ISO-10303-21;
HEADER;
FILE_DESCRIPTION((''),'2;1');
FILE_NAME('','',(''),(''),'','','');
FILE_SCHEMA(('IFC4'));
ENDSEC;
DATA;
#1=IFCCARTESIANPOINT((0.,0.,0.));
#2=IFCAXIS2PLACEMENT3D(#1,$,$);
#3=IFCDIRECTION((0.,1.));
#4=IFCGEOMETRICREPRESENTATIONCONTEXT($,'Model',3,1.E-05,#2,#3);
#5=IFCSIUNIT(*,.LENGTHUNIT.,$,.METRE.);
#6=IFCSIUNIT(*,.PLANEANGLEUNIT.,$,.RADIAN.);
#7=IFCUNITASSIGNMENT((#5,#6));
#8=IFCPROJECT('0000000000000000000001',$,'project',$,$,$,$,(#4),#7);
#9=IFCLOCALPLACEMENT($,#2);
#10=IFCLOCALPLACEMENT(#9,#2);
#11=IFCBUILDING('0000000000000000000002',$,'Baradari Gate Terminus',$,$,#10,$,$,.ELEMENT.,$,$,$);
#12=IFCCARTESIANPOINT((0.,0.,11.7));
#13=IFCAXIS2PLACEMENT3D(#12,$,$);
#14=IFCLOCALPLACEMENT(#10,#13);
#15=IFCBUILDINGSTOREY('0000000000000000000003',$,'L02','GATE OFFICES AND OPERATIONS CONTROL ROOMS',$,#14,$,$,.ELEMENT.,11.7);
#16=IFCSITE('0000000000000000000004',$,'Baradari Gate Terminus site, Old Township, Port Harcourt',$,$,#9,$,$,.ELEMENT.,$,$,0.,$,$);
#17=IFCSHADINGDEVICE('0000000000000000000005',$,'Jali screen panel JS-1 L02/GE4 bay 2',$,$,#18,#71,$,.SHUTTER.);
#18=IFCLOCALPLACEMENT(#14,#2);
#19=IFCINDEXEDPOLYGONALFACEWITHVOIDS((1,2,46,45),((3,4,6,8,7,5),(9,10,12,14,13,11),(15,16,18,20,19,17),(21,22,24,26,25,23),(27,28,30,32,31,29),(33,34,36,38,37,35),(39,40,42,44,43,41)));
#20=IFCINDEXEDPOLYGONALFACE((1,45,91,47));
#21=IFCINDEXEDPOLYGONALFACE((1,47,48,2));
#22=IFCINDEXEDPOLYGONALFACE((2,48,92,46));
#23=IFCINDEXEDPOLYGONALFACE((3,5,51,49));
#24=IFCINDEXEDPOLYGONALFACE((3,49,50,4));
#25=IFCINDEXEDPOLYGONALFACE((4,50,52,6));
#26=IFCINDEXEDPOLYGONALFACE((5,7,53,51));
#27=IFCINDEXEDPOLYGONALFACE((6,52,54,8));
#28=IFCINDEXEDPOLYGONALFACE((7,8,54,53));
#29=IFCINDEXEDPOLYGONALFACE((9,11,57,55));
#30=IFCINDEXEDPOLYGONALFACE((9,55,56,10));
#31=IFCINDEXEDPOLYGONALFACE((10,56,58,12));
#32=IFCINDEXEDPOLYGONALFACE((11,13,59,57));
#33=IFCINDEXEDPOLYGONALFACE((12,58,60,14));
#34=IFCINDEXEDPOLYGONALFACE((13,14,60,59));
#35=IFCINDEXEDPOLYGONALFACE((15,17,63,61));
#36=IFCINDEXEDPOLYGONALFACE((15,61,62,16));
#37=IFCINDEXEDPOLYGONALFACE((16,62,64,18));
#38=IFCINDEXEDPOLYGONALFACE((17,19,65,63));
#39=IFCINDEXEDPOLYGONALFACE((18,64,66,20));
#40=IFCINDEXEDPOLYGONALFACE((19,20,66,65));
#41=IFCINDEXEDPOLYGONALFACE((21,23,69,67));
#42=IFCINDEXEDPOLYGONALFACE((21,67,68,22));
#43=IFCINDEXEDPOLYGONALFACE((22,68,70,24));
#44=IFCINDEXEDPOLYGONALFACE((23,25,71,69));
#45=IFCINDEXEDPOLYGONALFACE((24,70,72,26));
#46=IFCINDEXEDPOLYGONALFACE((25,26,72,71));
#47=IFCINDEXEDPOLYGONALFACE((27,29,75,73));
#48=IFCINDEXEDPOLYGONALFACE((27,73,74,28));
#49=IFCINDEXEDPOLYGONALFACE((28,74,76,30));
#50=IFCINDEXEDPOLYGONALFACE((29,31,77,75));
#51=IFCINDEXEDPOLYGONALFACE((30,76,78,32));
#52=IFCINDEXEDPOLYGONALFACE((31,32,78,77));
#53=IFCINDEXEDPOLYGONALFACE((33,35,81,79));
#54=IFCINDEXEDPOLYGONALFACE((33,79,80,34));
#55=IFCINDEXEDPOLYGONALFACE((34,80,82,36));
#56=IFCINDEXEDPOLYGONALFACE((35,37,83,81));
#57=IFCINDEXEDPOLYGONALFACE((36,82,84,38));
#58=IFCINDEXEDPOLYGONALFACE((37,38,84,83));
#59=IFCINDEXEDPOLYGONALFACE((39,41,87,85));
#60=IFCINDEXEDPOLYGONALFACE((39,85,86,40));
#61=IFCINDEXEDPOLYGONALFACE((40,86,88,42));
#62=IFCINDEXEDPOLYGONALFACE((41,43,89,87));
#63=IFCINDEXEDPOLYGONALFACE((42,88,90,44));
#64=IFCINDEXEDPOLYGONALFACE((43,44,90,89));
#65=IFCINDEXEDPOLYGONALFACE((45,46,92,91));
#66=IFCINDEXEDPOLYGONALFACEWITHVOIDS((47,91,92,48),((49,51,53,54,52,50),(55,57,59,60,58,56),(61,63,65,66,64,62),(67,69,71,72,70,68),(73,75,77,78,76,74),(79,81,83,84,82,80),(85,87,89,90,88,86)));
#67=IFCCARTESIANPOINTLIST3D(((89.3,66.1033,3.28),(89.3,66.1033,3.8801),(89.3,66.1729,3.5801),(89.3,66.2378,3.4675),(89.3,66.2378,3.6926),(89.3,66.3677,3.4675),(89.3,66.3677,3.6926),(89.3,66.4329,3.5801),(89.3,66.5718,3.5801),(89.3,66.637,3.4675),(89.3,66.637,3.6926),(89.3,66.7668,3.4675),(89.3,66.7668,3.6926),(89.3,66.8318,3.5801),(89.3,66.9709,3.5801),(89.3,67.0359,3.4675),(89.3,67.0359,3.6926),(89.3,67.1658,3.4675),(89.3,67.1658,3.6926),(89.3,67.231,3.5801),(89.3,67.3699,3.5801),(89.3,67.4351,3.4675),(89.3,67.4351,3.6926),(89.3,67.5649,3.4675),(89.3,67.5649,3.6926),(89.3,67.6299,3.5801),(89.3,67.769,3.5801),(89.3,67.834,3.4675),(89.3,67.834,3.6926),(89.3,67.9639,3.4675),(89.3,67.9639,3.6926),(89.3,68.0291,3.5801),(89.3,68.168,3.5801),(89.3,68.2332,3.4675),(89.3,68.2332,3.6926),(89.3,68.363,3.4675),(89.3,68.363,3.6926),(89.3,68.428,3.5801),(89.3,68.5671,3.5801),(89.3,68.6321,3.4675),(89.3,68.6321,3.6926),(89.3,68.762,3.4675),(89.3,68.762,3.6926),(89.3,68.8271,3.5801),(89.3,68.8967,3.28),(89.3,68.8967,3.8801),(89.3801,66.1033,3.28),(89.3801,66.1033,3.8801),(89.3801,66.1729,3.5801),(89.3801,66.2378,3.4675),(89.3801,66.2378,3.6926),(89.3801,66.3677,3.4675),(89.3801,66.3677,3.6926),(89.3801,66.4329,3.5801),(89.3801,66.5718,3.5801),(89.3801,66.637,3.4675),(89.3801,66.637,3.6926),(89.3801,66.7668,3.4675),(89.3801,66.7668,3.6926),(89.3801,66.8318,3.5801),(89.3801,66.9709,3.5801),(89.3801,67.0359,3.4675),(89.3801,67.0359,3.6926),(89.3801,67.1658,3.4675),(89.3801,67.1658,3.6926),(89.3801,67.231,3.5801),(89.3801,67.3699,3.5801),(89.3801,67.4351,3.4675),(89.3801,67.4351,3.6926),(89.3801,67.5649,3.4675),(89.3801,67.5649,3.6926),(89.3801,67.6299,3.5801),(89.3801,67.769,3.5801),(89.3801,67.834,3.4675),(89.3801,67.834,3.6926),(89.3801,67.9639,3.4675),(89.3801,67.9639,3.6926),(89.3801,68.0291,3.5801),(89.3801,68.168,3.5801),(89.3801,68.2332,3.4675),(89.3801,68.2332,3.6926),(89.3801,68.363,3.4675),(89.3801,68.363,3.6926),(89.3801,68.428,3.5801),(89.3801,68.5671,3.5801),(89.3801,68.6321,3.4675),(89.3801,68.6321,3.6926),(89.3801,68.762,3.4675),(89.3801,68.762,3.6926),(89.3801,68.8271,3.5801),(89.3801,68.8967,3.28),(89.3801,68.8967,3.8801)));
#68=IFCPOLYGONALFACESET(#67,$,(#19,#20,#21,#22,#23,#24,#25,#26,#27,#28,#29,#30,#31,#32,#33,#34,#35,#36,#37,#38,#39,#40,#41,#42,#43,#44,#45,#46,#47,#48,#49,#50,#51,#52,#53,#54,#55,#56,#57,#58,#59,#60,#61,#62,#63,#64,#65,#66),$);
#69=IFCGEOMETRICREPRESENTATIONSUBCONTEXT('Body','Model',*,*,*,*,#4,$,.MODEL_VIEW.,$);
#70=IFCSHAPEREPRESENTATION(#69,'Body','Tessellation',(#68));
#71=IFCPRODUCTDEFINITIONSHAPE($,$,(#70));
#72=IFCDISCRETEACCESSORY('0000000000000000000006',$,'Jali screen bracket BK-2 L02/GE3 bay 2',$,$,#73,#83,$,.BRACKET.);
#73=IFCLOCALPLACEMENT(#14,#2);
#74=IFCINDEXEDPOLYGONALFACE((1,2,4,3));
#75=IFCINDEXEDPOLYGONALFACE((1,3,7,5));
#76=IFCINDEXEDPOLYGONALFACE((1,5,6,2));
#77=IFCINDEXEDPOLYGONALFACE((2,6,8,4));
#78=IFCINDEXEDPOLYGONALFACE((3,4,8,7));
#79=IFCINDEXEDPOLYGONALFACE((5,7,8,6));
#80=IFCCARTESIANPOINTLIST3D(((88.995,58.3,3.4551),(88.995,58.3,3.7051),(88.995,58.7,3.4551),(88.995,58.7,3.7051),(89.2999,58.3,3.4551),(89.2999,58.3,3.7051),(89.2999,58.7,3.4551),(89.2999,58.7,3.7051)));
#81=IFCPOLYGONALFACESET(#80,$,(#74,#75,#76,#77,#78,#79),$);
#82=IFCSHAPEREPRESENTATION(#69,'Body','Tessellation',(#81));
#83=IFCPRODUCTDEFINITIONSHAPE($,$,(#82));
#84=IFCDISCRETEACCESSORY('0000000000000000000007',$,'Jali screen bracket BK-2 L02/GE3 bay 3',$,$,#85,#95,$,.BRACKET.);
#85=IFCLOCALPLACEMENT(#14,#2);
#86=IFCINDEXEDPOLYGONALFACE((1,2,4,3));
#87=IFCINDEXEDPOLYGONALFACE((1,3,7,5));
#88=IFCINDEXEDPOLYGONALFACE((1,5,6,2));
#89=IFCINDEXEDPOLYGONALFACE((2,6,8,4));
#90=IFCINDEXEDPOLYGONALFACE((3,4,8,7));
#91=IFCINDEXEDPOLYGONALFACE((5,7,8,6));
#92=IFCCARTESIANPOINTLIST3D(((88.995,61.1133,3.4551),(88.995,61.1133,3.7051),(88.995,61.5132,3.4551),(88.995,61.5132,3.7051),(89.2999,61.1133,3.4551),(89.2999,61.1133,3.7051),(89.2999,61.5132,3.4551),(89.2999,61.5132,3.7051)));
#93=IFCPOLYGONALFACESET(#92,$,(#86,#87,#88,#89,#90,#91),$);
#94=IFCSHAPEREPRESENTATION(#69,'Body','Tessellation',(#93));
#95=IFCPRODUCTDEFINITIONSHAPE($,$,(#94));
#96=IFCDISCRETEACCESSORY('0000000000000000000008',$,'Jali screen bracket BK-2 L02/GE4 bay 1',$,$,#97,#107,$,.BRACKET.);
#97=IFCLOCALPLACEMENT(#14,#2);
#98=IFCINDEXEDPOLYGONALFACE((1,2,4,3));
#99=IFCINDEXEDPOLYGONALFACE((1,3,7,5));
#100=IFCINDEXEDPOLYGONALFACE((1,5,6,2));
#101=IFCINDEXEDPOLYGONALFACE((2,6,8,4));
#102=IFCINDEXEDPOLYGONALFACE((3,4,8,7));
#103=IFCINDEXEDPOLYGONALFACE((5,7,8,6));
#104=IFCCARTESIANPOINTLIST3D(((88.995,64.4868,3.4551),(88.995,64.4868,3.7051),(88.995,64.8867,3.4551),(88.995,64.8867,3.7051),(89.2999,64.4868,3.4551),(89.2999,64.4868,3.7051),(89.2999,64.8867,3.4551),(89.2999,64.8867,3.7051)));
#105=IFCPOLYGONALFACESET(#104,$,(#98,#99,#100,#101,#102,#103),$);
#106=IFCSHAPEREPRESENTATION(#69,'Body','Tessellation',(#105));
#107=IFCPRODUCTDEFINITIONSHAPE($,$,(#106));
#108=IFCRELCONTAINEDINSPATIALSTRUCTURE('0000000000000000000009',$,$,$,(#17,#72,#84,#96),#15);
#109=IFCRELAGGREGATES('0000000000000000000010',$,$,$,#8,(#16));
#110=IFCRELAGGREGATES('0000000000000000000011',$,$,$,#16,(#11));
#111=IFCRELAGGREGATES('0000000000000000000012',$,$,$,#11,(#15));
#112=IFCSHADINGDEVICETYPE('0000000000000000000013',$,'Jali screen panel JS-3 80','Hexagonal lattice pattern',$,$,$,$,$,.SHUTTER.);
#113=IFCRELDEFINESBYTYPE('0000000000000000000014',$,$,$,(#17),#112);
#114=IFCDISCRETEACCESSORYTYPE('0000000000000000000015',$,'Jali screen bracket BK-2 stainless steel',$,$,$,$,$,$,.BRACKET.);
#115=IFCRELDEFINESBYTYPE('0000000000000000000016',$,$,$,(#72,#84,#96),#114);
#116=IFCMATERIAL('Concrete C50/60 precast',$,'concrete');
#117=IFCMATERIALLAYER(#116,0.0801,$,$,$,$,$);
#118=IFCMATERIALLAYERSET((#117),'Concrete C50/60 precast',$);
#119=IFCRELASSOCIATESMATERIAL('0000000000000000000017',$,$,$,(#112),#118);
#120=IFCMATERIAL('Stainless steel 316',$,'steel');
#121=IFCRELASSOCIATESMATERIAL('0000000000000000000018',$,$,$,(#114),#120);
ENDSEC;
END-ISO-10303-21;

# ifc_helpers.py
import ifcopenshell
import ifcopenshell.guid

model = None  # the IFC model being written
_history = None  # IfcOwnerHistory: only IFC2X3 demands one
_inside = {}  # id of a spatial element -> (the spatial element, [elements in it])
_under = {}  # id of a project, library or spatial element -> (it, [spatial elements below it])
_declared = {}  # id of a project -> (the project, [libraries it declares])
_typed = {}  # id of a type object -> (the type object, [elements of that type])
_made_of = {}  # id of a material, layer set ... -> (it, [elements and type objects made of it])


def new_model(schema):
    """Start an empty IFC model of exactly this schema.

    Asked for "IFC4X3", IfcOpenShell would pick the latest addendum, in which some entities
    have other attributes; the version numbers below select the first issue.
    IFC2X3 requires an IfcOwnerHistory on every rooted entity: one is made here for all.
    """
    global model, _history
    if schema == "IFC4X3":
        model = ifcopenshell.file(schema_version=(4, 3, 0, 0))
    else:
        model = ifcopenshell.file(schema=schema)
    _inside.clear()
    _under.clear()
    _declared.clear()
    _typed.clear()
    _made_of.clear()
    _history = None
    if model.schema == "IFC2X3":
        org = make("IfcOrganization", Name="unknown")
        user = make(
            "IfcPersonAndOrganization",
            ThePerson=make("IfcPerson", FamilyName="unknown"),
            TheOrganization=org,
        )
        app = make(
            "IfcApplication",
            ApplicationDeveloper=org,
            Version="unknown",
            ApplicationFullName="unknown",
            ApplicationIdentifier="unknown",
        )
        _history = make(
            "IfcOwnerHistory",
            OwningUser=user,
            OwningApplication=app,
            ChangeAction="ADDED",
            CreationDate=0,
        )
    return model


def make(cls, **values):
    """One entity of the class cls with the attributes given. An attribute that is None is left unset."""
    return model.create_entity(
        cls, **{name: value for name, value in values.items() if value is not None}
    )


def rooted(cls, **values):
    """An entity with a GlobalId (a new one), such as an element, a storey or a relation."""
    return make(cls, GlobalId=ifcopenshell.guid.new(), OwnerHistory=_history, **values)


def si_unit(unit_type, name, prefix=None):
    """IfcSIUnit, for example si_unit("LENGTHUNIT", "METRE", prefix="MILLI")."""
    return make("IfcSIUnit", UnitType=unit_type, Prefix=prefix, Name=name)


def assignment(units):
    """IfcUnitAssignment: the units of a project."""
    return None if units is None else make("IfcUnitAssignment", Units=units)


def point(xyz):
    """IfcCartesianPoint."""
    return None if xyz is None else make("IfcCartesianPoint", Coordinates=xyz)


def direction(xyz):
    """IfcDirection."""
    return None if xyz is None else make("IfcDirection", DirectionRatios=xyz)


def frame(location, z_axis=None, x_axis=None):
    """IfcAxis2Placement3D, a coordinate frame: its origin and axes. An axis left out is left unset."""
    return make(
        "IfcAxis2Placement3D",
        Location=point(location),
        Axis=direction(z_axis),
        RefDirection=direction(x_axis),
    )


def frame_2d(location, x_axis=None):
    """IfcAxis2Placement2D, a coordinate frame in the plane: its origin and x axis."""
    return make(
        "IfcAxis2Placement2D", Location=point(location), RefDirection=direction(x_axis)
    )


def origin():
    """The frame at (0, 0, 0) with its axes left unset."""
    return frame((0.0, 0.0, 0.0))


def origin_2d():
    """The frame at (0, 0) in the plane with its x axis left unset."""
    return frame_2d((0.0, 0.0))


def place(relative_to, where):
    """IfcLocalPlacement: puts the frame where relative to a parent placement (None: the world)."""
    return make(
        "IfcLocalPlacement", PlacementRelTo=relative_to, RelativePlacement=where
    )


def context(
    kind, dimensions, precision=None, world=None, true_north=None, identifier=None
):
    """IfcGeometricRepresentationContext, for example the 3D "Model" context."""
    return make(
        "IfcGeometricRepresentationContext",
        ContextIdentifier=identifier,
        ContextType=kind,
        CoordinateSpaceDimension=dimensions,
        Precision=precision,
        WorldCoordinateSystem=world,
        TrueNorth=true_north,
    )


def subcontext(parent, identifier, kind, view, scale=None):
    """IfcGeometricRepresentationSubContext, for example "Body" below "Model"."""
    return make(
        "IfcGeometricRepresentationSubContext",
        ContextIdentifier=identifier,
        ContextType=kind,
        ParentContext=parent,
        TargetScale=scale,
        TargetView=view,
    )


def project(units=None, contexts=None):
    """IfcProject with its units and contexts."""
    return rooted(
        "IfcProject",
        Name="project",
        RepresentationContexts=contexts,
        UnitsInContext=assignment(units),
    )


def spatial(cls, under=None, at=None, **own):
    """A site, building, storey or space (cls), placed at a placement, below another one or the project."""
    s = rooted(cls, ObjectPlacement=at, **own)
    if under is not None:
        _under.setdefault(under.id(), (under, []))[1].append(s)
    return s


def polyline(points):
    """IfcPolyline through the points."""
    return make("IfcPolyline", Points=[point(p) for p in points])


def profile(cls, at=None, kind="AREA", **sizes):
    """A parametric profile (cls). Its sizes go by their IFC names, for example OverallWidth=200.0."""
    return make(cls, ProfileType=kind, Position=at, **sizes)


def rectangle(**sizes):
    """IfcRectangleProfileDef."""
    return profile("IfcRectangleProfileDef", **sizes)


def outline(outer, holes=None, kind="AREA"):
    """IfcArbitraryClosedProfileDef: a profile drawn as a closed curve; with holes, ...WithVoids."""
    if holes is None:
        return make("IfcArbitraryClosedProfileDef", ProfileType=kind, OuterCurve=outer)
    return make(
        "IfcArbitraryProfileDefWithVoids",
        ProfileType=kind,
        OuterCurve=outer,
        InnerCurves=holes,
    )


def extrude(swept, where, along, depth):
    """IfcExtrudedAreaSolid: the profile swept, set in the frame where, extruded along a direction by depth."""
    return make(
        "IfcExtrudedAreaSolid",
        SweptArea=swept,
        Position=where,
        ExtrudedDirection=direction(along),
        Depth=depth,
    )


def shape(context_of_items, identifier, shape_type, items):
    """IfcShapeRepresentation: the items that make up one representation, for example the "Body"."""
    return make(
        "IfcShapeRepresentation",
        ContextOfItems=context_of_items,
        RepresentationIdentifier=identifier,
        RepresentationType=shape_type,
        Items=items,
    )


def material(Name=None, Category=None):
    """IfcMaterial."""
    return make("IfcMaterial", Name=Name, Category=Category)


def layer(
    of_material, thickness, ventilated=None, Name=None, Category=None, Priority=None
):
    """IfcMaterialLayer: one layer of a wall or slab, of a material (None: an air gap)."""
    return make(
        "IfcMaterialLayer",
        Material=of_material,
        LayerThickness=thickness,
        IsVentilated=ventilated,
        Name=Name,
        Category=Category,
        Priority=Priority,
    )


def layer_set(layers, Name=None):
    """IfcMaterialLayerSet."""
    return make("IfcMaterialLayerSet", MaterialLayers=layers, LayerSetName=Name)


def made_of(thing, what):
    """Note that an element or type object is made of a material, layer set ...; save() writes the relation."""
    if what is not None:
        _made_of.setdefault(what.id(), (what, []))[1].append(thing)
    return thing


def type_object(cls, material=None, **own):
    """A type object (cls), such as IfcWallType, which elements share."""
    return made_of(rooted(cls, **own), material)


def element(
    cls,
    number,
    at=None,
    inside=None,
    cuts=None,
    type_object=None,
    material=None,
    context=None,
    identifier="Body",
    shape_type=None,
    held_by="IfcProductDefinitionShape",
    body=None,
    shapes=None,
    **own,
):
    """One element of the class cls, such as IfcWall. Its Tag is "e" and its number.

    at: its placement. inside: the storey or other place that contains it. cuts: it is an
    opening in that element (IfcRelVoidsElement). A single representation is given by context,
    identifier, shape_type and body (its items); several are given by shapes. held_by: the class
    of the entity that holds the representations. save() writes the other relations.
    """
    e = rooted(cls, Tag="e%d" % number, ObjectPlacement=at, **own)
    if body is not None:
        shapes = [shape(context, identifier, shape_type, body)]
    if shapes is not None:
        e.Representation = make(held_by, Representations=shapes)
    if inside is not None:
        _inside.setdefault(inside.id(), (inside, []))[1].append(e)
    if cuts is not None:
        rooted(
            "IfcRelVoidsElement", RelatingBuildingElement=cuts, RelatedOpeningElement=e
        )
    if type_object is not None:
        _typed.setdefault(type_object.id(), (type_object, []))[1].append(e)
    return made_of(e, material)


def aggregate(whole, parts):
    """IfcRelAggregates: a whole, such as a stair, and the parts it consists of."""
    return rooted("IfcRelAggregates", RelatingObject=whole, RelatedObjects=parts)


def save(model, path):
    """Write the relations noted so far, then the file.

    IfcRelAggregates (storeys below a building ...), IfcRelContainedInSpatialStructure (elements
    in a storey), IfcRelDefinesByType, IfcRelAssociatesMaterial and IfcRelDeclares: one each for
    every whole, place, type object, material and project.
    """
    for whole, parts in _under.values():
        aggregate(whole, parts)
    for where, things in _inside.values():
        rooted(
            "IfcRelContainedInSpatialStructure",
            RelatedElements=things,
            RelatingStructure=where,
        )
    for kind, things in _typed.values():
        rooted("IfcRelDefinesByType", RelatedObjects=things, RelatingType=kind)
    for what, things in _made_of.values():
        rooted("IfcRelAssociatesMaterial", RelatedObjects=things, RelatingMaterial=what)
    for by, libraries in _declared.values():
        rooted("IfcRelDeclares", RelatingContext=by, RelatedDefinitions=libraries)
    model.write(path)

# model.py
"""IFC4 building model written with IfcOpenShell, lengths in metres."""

from ifc_helpers import new_model, si_unit, direction, frame, origin, origin_2d, place, context, subcontext, project, spatial, polyline, rectangle, outline, extrude, material, layer, layer_set, type_object, element, save


model = new_model("IFC4")

# Units and contexts
model_context = context("Model", 3, precision=1e-05, world=origin(), true_north=direction((0.0, 1.0)))
body_context = subcontext(model_context, "Body", "Model", "MODEL_VIEW")
ifc_project = project(units=[si_unit("LENGTHUNIT", "METRE"), si_unit("PLANEANGLEUNIT", "RADIAN")], contexts=[model_context])

# Site, building, storey
site_placement = place(None, origin())
site = spatial("IfcSite", under=ifc_project, at=site_placement, Name="Baradari Gate Terminus site, Old Township, Port Harcourt", CompositionType="ELEMENT", RefElevation=0.0)
building_placement = place(site_placement, origin())
building = spatial("IfcBuilding", under=site, at=building_placement, Name="Baradari Gate Terminus", CompositionType="ELEMENT")
storey_placement = place(building_placement, frame((0.0, 0.0, 11.7)))
storey = spatial("IfcBuildingStorey", under=building, at=storey_placement, Name="L02", Description="GATE OFFICES AND OPERATIONS CONTROL ROOMS", CompositionType="ELEMENT", Elevation=11.7)

# Shading device
ifc_material_1 = material(Name="Concrete C50/60 precast", Category="concrete")
ifc_layer_1 = layer(ifc_material_1, 0.0801)
ifc_layer_set_1 = layer_set([ifc_layer_1], Name="Concrete C50/60 precast")
shading_device_type = type_object("IfcShadingDeviceType", Name="Jali screen panel JS-3 80", Description="Hexagonal lattice pattern", PredefinedType="SHUTTER", material=ifc_layer_set_1)
shading_device_1_placement = place(storey_placement, frame((89.3401, 66.1033, 3.28), z_axis=(0.0, 0.0, 1.0), x_axis=(0.0, 1.0, 0.0)))
element("IfcShadingDevice", 1, at=shading_device_1_placement, inside=storey, type_object=shading_device_type, Name="Jali screen panel JS-1 L02/GE4 bay 2", PredefinedType="SHUTTER", context=body_context, shape_type="SweptSolid", body=[
    extrude(outline(polyline([(0.0, 0.0), (2.7935, 0.0), (2.7935, 0.6001), (0.0, 0.6001), (0.0, 0.0)]), holes=[polyline([(0.3296, 0.3), (0.2644, 0.1875), (0.1345, 0.1875), (0.0696, 0.3), (0.1345, 0.4126), (0.2644, 0.4126), (0.3296, 0.3)]), polyline([(0.7285, 0.3), (0.6636, 0.1875), (0.5337, 0.1875), (0.4685, 0.3), (0.5337, 0.4126), (0.6636, 0.4126), (0.7285, 0.3)]), polyline([(1.1277, 0.3), (1.0625, 0.1875), (0.9326, 0.1875), (0.8677, 0.3), (0.9326, 0.4126), (1.0625, 0.4126), (1.1277, 0.3)]), polyline([(1.5266, 0.3), (1.4617, 0.1875), (1.3318, 0.1875), (1.2666, 0.3), (1.3318, 0.4126), (1.4617, 0.4126), (1.5266, 0.3)]), polyline([(1.9258, 0.3), (1.8606, 0.1875), (1.7307, 0.1875), (1.6658, 0.3), (1.7307, 0.4126), (1.8606, 0.4126), (1.9258, 0.3)]), polyline([(2.3247, 0.3), (2.2598, 0.1875), (2.1299, 0.1875), (2.0647, 0.3), (2.1299, 0.4126), (2.2598, 0.4126), (2.3247, 0.3)]), polyline([(2.7239, 0.3), (2.6587, 0.1875), (2.5288, 0.1875), (2.4639, 0.3), (2.5288, 0.4126), (2.6587, 0.4126), (2.7239, 0.3)])]), frame((0.0, 0.04, 0.0), z_axis=(0.0, -1.0, 0.0), x_axis=(1.0, 0.0, 0.0)), (0.0, 0.0, 1.0), 0.0801),
])

# Discrete accessories
ifc_material_2 = material(Name="Stainless steel 316", Category="steel")
discrete_accessory_type = type_object("IfcDiscreteAccessoryType", Name="Jali screen bracket BK-2 stainless steel", PredefinedType="BRACKET", material=ifc_material_2)
for number, where, z_axis, x_axis, name in (
    (2, (89.1475, 58.5, 3.4551), (0.0, 0.0, 1.0), (1.0, 0.0, 0.0), "Jali screen bracket BK-2 L02/GE3 bay 2"),
    (3, (89.1475, 61.3132, 3.4551), (0.0, 0.0, 1.0), (1.0, 0.0, 0.0), "Jali screen bracket BK-2 L02/GE3 bay 3"),
    (4, (89.1475, 64.6868, 3.4551), (0.0, 0.0, 1.0), (1.0, 0.0, 0.0), "Jali screen bracket BK-2 L02/GE4 bay 1"),
):
    element("IfcDiscreteAccessory", number, at=place(storey_placement, frame(where, z_axis=z_axis, x_axis=x_axis)), inside=storey, type_object=discrete_accessory_type, Name=name, PredefinedType="BRACKET", context=body_context, shape_type="SweptSolid", body=[
        extrude(rectangle(XDim=0.3049, YDim=0.3999, at=origin_2d()), origin(), (0.0, 0.0, 1.0), 0.25),
    ])

save(model, "model.ifc")
